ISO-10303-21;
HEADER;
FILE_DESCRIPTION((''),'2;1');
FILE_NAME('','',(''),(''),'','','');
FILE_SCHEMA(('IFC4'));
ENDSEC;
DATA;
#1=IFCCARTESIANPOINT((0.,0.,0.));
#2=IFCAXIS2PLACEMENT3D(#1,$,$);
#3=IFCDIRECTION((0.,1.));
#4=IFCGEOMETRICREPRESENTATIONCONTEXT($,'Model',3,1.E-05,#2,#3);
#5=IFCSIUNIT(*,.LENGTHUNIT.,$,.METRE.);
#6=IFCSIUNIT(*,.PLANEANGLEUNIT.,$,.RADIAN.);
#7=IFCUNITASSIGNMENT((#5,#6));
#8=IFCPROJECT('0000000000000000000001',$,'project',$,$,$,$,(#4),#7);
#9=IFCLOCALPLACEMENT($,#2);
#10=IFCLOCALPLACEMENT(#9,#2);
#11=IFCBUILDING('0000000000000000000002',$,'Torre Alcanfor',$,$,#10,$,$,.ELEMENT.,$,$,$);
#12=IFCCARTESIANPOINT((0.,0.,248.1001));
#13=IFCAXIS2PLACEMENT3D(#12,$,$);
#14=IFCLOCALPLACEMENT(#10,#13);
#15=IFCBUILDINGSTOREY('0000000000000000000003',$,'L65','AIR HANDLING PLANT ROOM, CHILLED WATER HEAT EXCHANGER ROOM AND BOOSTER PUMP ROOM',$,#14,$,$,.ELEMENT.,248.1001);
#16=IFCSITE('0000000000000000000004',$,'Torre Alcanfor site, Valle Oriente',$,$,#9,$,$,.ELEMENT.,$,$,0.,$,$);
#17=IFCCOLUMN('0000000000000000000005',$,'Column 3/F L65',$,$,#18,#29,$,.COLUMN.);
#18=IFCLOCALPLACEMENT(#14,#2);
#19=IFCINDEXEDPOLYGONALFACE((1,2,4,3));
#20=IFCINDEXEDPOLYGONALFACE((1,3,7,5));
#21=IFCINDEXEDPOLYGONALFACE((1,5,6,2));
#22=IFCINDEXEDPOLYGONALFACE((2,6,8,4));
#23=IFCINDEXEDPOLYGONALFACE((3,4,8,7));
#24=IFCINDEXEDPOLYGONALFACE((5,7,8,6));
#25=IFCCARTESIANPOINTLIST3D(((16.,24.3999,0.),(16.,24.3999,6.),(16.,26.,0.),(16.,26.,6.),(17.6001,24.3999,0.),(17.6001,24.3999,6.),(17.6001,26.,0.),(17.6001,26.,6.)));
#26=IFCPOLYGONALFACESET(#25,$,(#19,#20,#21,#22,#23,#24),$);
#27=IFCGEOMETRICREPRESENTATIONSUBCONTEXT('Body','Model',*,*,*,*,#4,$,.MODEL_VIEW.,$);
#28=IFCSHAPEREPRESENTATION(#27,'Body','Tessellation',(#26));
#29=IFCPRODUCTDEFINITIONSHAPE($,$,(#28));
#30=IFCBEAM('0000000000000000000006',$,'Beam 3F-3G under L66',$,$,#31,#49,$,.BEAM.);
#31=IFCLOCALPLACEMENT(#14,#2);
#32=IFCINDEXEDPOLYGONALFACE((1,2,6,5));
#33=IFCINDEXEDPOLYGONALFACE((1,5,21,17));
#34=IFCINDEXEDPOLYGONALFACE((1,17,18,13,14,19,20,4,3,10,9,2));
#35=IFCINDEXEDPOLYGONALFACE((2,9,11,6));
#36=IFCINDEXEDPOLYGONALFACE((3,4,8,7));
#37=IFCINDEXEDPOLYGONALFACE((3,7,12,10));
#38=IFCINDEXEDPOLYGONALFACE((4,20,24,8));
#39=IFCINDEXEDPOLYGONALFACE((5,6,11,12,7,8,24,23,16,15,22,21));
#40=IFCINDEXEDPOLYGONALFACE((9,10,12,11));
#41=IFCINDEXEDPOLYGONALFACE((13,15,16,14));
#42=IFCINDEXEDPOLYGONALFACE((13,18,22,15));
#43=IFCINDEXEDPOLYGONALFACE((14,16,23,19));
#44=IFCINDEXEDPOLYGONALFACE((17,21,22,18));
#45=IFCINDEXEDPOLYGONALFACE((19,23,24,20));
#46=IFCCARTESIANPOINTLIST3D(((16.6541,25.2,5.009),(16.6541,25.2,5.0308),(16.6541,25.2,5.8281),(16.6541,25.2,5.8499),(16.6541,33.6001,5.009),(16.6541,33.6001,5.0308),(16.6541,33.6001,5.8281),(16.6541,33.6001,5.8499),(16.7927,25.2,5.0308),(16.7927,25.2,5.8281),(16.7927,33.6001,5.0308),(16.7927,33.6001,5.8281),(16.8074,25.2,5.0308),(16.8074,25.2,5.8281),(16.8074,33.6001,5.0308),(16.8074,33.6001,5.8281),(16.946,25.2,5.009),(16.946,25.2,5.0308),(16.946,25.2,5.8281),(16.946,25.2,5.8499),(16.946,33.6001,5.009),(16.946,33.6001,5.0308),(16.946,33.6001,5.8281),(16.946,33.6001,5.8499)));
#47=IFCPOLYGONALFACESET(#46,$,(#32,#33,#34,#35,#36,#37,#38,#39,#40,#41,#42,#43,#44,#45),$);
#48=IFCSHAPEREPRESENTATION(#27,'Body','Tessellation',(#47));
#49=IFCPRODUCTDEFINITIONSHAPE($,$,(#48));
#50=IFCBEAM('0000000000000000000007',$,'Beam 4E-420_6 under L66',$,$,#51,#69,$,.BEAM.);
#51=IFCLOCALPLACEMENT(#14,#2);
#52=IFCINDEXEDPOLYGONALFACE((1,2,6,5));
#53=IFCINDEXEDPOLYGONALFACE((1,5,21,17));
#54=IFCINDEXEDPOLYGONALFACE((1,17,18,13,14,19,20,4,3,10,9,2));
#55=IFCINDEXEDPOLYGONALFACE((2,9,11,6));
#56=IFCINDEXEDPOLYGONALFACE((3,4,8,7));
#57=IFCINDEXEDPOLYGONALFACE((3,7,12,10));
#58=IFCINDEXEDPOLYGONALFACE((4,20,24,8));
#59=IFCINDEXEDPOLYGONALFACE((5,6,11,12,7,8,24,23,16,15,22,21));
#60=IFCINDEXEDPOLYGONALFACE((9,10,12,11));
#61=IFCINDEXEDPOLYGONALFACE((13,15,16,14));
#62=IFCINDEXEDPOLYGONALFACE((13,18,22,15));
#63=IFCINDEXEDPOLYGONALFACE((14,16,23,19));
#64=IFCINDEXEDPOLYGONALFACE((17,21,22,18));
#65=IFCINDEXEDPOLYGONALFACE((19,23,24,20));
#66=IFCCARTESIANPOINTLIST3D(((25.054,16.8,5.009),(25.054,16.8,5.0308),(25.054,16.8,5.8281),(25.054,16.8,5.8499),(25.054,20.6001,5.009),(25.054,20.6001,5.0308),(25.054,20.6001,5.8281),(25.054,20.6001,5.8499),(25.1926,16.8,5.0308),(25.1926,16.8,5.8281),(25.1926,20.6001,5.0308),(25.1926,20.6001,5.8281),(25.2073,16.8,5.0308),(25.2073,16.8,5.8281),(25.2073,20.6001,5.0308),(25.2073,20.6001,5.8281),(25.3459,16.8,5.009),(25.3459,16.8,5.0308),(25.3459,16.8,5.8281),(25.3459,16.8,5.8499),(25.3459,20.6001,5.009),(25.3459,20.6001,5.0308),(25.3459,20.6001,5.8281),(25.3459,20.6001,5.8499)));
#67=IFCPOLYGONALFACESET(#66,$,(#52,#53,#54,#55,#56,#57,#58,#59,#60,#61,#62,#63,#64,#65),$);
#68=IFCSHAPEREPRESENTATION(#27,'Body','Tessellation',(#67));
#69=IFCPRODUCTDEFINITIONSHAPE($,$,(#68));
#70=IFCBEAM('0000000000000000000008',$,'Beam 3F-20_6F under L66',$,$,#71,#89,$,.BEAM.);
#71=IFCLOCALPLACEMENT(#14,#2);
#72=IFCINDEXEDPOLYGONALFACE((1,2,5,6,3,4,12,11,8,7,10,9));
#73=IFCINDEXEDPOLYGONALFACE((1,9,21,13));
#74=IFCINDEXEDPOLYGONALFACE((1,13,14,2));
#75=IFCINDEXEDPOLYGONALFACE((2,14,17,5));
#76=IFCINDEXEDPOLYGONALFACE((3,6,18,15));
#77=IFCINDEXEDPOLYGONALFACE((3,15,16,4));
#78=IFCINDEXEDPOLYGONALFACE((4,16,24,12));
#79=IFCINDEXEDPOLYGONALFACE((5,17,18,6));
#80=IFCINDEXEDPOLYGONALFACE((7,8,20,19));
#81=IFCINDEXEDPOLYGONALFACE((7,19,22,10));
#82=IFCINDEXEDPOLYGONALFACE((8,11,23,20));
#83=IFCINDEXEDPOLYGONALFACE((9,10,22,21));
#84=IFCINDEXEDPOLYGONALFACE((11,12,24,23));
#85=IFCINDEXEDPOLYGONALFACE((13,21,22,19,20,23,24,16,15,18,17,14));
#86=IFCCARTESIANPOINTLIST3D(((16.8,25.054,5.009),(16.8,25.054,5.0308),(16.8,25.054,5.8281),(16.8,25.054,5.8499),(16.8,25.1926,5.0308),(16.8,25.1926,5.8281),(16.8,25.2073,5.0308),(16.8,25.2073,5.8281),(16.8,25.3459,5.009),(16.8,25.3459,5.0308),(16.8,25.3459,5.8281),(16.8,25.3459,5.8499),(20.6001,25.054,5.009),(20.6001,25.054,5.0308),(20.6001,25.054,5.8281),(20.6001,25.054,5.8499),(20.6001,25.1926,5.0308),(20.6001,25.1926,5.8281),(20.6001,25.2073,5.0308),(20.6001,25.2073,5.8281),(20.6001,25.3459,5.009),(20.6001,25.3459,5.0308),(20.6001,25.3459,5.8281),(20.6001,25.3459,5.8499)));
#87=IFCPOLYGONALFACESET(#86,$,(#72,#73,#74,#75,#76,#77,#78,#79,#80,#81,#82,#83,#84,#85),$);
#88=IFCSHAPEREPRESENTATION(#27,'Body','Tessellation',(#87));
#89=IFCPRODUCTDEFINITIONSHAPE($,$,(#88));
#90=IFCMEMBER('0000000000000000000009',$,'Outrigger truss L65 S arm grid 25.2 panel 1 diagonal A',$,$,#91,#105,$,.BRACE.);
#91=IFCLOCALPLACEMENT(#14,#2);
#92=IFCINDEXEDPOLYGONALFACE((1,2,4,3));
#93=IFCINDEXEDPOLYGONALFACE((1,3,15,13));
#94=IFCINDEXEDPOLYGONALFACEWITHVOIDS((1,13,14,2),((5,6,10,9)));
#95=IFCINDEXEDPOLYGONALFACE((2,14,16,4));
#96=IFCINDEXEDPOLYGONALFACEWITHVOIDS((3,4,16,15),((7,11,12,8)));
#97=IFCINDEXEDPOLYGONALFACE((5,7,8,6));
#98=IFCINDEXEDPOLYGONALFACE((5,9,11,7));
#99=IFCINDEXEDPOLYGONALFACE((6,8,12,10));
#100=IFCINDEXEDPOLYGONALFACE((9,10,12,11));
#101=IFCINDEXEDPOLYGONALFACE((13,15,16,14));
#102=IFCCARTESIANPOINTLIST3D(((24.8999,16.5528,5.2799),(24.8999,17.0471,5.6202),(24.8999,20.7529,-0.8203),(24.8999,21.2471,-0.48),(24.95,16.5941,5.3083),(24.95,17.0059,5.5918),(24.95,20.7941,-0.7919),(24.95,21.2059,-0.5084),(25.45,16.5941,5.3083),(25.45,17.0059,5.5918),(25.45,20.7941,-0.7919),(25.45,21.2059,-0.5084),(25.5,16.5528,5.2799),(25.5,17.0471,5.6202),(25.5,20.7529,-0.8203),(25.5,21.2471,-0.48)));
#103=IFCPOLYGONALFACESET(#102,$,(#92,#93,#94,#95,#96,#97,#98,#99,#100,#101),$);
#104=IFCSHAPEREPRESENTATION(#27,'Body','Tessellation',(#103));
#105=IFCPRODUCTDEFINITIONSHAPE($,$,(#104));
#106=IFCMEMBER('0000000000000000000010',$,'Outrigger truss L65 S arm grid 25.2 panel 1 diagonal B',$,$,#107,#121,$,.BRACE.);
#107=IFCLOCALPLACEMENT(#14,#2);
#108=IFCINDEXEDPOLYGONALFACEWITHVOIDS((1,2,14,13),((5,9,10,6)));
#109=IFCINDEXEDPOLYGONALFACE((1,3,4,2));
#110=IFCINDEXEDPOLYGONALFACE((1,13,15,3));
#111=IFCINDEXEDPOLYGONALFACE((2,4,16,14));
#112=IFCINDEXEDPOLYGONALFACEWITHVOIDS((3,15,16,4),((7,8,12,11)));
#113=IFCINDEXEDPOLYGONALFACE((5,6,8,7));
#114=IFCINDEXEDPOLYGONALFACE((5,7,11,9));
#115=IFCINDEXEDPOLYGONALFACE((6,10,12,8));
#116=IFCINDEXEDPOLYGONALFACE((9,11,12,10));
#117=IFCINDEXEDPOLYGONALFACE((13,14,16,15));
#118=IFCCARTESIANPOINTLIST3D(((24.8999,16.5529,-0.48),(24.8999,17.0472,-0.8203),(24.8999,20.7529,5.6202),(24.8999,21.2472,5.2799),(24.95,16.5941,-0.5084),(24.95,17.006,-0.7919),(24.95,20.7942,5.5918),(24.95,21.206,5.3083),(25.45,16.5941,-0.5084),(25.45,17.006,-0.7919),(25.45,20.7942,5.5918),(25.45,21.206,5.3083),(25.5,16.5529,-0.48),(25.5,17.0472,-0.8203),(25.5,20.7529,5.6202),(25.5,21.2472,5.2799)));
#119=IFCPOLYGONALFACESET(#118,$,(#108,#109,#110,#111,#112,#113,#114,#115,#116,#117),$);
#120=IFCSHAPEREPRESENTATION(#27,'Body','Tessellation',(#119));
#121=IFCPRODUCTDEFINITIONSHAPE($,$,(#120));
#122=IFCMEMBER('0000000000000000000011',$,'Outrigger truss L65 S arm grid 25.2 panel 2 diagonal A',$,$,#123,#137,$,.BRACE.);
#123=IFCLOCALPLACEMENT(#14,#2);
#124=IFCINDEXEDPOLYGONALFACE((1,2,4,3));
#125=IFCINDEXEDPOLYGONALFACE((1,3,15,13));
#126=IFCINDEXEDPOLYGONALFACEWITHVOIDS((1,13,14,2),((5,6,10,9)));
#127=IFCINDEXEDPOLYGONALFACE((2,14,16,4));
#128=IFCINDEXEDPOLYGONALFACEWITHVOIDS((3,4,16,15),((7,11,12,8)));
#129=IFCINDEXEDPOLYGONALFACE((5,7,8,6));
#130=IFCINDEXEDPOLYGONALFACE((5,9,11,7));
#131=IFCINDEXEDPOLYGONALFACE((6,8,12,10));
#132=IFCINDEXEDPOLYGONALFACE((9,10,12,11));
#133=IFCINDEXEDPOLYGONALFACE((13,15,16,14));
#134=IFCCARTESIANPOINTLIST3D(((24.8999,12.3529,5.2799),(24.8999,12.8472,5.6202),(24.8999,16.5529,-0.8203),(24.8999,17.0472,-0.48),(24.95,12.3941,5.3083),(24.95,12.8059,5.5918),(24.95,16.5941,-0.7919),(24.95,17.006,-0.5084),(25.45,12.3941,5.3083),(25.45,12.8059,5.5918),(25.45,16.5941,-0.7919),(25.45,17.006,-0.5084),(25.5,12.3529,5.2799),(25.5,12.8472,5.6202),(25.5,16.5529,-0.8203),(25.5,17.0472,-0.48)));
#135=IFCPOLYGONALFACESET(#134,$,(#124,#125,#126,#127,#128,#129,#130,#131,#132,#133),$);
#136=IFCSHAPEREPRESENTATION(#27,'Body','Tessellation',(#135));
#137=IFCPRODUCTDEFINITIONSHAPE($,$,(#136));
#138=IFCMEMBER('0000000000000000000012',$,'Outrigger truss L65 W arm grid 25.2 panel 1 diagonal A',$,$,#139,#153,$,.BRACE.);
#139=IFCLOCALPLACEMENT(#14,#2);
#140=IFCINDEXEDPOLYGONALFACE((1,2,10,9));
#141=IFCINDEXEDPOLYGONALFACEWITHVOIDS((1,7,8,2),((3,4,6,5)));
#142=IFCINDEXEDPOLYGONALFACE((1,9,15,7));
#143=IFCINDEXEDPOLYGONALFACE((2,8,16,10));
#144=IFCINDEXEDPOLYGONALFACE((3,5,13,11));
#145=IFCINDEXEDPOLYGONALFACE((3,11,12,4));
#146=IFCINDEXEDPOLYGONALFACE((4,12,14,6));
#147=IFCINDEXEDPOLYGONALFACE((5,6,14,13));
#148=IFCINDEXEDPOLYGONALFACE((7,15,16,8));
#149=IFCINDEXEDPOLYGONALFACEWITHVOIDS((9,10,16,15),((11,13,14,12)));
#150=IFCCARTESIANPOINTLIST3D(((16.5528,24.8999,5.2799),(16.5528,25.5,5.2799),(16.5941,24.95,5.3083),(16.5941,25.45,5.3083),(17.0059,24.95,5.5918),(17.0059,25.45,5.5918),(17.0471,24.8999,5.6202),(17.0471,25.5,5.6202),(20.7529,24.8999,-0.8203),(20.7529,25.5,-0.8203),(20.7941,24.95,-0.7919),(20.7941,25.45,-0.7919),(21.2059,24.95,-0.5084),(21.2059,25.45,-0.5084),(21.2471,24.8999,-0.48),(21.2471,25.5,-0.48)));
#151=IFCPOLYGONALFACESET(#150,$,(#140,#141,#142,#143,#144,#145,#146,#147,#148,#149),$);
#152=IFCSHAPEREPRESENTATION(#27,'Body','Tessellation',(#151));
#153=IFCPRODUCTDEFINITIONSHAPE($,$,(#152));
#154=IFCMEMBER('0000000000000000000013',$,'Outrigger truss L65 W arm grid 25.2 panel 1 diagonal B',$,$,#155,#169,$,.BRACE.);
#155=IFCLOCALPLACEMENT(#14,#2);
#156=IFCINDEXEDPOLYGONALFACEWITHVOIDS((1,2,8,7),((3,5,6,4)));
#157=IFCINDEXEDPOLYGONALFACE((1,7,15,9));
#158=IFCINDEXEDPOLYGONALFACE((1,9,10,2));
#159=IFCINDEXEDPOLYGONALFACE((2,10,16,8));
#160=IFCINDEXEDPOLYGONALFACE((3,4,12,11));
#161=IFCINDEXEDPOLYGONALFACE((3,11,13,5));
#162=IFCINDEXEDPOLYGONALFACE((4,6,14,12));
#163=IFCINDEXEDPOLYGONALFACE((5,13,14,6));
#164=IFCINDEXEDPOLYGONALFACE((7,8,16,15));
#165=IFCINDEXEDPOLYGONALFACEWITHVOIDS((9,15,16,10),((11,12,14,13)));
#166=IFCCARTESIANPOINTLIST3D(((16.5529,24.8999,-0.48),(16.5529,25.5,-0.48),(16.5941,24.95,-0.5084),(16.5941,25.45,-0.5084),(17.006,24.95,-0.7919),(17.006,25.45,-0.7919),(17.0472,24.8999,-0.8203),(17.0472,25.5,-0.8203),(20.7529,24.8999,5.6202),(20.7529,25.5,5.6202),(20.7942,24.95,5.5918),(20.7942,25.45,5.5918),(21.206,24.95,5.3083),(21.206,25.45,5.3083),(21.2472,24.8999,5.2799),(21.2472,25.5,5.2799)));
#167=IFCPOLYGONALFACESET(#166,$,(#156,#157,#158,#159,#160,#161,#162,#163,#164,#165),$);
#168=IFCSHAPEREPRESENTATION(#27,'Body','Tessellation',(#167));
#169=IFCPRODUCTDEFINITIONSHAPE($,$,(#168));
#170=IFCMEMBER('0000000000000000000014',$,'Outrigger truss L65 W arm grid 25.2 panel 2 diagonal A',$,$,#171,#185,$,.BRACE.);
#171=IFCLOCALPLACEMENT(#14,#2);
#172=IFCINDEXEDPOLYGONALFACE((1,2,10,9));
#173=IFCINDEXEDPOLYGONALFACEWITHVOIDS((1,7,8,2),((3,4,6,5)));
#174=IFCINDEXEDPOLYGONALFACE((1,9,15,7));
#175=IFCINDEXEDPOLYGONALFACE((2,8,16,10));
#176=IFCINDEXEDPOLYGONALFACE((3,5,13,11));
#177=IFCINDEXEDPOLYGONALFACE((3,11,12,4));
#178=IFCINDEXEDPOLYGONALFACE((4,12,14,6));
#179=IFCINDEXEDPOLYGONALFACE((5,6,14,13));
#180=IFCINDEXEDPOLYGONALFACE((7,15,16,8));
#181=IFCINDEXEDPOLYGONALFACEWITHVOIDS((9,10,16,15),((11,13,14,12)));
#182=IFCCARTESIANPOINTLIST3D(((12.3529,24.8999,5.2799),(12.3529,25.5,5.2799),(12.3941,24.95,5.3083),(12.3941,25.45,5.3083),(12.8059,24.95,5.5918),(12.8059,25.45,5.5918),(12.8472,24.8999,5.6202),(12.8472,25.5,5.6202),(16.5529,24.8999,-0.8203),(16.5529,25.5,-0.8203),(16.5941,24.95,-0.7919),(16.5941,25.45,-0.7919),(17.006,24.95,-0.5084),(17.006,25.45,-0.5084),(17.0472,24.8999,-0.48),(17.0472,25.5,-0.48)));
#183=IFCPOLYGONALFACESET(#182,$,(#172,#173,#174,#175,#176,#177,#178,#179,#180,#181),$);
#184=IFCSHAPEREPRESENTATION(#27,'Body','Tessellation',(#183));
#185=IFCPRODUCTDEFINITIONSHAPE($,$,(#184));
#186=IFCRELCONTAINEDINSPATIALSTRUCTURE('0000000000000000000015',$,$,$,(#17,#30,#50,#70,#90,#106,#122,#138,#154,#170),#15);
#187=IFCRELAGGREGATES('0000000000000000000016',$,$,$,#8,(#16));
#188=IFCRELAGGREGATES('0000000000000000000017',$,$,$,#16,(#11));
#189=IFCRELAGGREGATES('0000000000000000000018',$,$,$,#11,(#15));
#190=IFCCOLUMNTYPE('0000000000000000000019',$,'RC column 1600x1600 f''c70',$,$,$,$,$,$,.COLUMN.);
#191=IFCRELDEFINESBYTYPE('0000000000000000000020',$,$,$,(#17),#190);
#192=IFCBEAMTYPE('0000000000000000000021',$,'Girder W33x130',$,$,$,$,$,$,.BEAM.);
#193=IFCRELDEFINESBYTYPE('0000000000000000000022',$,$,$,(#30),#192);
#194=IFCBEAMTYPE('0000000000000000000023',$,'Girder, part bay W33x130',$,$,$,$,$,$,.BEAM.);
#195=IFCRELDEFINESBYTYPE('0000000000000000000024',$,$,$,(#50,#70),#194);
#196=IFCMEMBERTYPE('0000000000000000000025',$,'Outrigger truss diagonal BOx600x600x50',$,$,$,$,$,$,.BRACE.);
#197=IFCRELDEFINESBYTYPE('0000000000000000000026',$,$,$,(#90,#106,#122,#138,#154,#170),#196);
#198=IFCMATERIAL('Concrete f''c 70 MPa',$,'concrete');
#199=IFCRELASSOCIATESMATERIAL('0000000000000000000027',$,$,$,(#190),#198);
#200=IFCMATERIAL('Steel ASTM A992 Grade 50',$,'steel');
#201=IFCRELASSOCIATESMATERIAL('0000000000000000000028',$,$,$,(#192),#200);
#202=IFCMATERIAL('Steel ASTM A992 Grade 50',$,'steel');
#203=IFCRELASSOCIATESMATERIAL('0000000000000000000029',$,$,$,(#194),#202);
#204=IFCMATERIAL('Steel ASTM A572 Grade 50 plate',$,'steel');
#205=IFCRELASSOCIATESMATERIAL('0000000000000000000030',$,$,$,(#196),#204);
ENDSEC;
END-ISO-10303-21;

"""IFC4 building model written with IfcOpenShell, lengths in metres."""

from ifc_helpers import new_model, si_unit, direction, frame, origin, origin_2d, place, context, subcontext, project, spatial, rectangle, hollow_rectangle, i_section, extrude, material, material_profile, profile_set, type_object, element, save


model = new_model("IFC4")

# Units and contexts
model_context = context("Model", 3, precision=1e-05, world=origin(), true_north=direction((0.0, 1.0)))
body_context = subcontext(model_context, "Body", "Model", "MODEL_VIEW")
ifc_project = project(units=[si_unit("LENGTHUNIT", "METRE"), si_unit("PLANEANGLEUNIT", "RADIAN")], contexts=[model_context])

# Site, building, storey
site_placement = place(None, origin())
site = spatial("IfcSite", under=ifc_project, at=site_placement, Name="Torre Alcanfor site, Valle Oriente", CompositionType="ELEMENT", RefElevation=0.0)
building_placement = place(site_placement, origin())
building = spatial("IfcBuilding", under=site, at=building_placement, Name="Torre Alcanfor", CompositionType="ELEMENT")
storey_placement = place(building_placement, frame((0.0, 0.0, 248.1001)))
storey = spatial("IfcBuildingStorey", under=building, at=storey_placement, Name="L65", Description="AIR HANDLING PLANT ROOM, CHILLED WATER HEAT EXCHANGER ROOM AND BOOSTER PUMP ROOM", CompositionType="ELEMENT", Elevation=248.1001)

# Column
ifc_material_1 = material(Name="Concrete f'c 70 MPa", Category="concrete")
ifc_material_profile_1 = material_profile(ifc_material_1, rectangle(XDim=1.6001, YDim=1.6001, at=origin_2d()), Name="1600x1600")
ifc_profile_set_1 = profile_set([ifc_material_profile_1], Name="Concrete f'c 70 MPa")
column_type = type_object("IfcColumnType", Name="RC column 1600x1600 f'c70", PredefinedType="COLUMN", material=ifc_profile_set_1)
column_placement = place(storey_placement, frame((16.8, 25.2, 0.0), z_axis=(0.0, 0.0, 1.0), x_axis=(1.0, 0.0, 0.0)))
element("IfcColumn", 1, at=column_placement, inside=storey, type_object=column_type, Name="Column 3/F L65", PredefinedType="COLUMN", context=body_context, shape_type="SweptSolid", body=[
    extrude(rectangle(XDim=1.6001, YDim=1.6001, at=origin_2d()), origin(), (0.0, 0.0, 1.0), 6.0),
])

# Beams
ifc_material_2 = material(Name="Steel ASTM A992 Grade 50", Category="steel")
ifc_material_profile_2 = material_profile(ifc_material_2, i_section(OverallWidth=0.292, OverallDepth=0.8408, WebThickness=0.0146, FlangeThickness=0.0217, at=origin_2d()), Name="W33x130")
ifc_profile_set_2 = profile_set([ifc_material_profile_2], Name="Steel ASTM A992 Grade 50")
beam_type_1 = type_object("IfcBeamType", Name="Girder W33x130", PredefinedType="BEAM", material=ifc_profile_set_2)
beam_1_placement = place(storey_placement, frame((16.8, 25.2, 5.4294), z_axis=(0.0, 1.0, 0.0), x_axis=(-1.0, 0.0, 0.0)))
element("IfcBeam", 2, at=beam_1_placement, inside=storey, type_object=beam_type_1, Name="Beam 3F-3G under L66", PredefinedType="BEAM", context=body_context, shape_type="SweptSolid", body=[
    extrude(i_section(OverallWidth=0.292, OverallDepth=0.8408, WebThickness=0.0146, FlangeThickness=0.0217, at=origin_2d()), origin(), (0.0, 0.0, 1.0), 8.4001),
])
ifc_material_3 = material(Name="Steel ASTM A992 Grade 50", Category="steel")
ifc_material_profile_3 = material_profile(ifc_material_3, i_section(OverallWidth=0.292, OverallDepth=0.8408, WebThickness=0.0146, FlangeThickness=0.0217, at=origin_2d()), Name="W33x130")
ifc_profile_set_3 = profile_set([ifc_material_profile_3], Name="Steel ASTM A992 Grade 50")
beam_type_2 = type_object("IfcBeamType", Name="Girder, part bay W33x130", PredefinedType="BEAM", material=ifc_profile_set_3)
for number, where, z_axis, x_axis, name in (
    (3, (25.2, 16.8, 5.4294), (0.0, 1.0, 0.0), (-1.0, 0.0, 0.0), "Beam 4E-420_6 under L66"),
    (4, (16.8, 25.2, 5.4294), (1.0, 0.0, 0.0), (0.0, 1.0, 0.0), "Beam 3F-20_6F under L66"),
):
    element("IfcBeam", number, at=place(storey_placement, frame(where, z_axis=z_axis, x_axis=x_axis)), inside=storey, type_object=beam_type_2, Name=name, PredefinedType="BEAM", context=body_context, shape_type="SweptSolid", body=[
        extrude(i_section(OverallWidth=0.292, OverallDepth=0.8408, WebThickness=0.0146, FlangeThickness=0.0217, at=origin_2d()), origin(), (0.0, 0.0, 1.0), 3.8),
    ])

# Members
ifc_material_4 = material(Name="Steel ASTM A572 Grade 50 plate", Category="steel")
ifc_material_profile_4 = material_profile(ifc_material_4, hollow_rectangle(XDim=0.6001, YDim=0.6001, WallThickness=0.05, at=origin_2d()), Name="BOX 600x600x50")
ifc_profile_set_4 = profile_set([ifc_material_profile_4], Name="Steel ASTM A572 Grade 50 plate")
member_type = type_object("IfcMemberType", Name="Outrigger truss diagonal BOx600x600x50", PredefinedType="BRACE", material=ifc_profile_set_4)
for number, where, z_axis, x_axis, name in (
    (5, (25.2, 21.0, -0.6501), (0.0, -0.567091, 0.823655), (1.0, 0.0, 0.0), "Outrigger truss L65 S arm grid 25.2 panel 1 diagonal A"),
    (6, (25.2, 16.8, -0.6501), (0.0, 0.567091, 0.823655), (-1.0, 0.0, 0.0), "Outrigger truss L65 S arm grid 25.2 panel 1 diagonal B"),
    (7, (25.2, 16.8, -0.6501), (0.0, -0.567091, 0.823655), (1.0, 0.0, 0.0), "Outrigger truss L65 S arm grid 25.2 panel 2 diagonal A"),
    (8, (21.0, 25.2, -0.6501), (-0.567091, 0.0, 0.823655), (0.0, -1.0, 0.0), "Outrigger truss L65 W arm grid 25.2 panel 1 diagonal A"),
    (9, (16.8, 25.2, -0.6501), (0.567091, 0.0, 0.823655), (0.0, 1.0, 0.0), "Outrigger truss L65 W arm grid 25.2 panel 1 diagonal B"),
    (10, (16.8, 25.2, -0.6501), (-0.567091, 0.0, 0.823655), (0.0, -1.0, 0.0), "Outrigger truss L65 W arm grid 25.2 panel 2 diagonal A"),
):
    element("IfcMember", number, at=place(storey_placement, frame(where, z_axis=z_axis, x_axis=x_axis)), inside=storey, type_object=member_type, Name=name, PredefinedType="BRACE", context=body_context, shape_type="SweptSolid", body=[
        extrude(hollow_rectangle(XDim=0.6001, YDim=0.6001, WallThickness=0.05, at=origin_2d()), origin(), (0.0, 0.0, 1.0), 7.4062),
    ])

save(model, "model.ifc")
